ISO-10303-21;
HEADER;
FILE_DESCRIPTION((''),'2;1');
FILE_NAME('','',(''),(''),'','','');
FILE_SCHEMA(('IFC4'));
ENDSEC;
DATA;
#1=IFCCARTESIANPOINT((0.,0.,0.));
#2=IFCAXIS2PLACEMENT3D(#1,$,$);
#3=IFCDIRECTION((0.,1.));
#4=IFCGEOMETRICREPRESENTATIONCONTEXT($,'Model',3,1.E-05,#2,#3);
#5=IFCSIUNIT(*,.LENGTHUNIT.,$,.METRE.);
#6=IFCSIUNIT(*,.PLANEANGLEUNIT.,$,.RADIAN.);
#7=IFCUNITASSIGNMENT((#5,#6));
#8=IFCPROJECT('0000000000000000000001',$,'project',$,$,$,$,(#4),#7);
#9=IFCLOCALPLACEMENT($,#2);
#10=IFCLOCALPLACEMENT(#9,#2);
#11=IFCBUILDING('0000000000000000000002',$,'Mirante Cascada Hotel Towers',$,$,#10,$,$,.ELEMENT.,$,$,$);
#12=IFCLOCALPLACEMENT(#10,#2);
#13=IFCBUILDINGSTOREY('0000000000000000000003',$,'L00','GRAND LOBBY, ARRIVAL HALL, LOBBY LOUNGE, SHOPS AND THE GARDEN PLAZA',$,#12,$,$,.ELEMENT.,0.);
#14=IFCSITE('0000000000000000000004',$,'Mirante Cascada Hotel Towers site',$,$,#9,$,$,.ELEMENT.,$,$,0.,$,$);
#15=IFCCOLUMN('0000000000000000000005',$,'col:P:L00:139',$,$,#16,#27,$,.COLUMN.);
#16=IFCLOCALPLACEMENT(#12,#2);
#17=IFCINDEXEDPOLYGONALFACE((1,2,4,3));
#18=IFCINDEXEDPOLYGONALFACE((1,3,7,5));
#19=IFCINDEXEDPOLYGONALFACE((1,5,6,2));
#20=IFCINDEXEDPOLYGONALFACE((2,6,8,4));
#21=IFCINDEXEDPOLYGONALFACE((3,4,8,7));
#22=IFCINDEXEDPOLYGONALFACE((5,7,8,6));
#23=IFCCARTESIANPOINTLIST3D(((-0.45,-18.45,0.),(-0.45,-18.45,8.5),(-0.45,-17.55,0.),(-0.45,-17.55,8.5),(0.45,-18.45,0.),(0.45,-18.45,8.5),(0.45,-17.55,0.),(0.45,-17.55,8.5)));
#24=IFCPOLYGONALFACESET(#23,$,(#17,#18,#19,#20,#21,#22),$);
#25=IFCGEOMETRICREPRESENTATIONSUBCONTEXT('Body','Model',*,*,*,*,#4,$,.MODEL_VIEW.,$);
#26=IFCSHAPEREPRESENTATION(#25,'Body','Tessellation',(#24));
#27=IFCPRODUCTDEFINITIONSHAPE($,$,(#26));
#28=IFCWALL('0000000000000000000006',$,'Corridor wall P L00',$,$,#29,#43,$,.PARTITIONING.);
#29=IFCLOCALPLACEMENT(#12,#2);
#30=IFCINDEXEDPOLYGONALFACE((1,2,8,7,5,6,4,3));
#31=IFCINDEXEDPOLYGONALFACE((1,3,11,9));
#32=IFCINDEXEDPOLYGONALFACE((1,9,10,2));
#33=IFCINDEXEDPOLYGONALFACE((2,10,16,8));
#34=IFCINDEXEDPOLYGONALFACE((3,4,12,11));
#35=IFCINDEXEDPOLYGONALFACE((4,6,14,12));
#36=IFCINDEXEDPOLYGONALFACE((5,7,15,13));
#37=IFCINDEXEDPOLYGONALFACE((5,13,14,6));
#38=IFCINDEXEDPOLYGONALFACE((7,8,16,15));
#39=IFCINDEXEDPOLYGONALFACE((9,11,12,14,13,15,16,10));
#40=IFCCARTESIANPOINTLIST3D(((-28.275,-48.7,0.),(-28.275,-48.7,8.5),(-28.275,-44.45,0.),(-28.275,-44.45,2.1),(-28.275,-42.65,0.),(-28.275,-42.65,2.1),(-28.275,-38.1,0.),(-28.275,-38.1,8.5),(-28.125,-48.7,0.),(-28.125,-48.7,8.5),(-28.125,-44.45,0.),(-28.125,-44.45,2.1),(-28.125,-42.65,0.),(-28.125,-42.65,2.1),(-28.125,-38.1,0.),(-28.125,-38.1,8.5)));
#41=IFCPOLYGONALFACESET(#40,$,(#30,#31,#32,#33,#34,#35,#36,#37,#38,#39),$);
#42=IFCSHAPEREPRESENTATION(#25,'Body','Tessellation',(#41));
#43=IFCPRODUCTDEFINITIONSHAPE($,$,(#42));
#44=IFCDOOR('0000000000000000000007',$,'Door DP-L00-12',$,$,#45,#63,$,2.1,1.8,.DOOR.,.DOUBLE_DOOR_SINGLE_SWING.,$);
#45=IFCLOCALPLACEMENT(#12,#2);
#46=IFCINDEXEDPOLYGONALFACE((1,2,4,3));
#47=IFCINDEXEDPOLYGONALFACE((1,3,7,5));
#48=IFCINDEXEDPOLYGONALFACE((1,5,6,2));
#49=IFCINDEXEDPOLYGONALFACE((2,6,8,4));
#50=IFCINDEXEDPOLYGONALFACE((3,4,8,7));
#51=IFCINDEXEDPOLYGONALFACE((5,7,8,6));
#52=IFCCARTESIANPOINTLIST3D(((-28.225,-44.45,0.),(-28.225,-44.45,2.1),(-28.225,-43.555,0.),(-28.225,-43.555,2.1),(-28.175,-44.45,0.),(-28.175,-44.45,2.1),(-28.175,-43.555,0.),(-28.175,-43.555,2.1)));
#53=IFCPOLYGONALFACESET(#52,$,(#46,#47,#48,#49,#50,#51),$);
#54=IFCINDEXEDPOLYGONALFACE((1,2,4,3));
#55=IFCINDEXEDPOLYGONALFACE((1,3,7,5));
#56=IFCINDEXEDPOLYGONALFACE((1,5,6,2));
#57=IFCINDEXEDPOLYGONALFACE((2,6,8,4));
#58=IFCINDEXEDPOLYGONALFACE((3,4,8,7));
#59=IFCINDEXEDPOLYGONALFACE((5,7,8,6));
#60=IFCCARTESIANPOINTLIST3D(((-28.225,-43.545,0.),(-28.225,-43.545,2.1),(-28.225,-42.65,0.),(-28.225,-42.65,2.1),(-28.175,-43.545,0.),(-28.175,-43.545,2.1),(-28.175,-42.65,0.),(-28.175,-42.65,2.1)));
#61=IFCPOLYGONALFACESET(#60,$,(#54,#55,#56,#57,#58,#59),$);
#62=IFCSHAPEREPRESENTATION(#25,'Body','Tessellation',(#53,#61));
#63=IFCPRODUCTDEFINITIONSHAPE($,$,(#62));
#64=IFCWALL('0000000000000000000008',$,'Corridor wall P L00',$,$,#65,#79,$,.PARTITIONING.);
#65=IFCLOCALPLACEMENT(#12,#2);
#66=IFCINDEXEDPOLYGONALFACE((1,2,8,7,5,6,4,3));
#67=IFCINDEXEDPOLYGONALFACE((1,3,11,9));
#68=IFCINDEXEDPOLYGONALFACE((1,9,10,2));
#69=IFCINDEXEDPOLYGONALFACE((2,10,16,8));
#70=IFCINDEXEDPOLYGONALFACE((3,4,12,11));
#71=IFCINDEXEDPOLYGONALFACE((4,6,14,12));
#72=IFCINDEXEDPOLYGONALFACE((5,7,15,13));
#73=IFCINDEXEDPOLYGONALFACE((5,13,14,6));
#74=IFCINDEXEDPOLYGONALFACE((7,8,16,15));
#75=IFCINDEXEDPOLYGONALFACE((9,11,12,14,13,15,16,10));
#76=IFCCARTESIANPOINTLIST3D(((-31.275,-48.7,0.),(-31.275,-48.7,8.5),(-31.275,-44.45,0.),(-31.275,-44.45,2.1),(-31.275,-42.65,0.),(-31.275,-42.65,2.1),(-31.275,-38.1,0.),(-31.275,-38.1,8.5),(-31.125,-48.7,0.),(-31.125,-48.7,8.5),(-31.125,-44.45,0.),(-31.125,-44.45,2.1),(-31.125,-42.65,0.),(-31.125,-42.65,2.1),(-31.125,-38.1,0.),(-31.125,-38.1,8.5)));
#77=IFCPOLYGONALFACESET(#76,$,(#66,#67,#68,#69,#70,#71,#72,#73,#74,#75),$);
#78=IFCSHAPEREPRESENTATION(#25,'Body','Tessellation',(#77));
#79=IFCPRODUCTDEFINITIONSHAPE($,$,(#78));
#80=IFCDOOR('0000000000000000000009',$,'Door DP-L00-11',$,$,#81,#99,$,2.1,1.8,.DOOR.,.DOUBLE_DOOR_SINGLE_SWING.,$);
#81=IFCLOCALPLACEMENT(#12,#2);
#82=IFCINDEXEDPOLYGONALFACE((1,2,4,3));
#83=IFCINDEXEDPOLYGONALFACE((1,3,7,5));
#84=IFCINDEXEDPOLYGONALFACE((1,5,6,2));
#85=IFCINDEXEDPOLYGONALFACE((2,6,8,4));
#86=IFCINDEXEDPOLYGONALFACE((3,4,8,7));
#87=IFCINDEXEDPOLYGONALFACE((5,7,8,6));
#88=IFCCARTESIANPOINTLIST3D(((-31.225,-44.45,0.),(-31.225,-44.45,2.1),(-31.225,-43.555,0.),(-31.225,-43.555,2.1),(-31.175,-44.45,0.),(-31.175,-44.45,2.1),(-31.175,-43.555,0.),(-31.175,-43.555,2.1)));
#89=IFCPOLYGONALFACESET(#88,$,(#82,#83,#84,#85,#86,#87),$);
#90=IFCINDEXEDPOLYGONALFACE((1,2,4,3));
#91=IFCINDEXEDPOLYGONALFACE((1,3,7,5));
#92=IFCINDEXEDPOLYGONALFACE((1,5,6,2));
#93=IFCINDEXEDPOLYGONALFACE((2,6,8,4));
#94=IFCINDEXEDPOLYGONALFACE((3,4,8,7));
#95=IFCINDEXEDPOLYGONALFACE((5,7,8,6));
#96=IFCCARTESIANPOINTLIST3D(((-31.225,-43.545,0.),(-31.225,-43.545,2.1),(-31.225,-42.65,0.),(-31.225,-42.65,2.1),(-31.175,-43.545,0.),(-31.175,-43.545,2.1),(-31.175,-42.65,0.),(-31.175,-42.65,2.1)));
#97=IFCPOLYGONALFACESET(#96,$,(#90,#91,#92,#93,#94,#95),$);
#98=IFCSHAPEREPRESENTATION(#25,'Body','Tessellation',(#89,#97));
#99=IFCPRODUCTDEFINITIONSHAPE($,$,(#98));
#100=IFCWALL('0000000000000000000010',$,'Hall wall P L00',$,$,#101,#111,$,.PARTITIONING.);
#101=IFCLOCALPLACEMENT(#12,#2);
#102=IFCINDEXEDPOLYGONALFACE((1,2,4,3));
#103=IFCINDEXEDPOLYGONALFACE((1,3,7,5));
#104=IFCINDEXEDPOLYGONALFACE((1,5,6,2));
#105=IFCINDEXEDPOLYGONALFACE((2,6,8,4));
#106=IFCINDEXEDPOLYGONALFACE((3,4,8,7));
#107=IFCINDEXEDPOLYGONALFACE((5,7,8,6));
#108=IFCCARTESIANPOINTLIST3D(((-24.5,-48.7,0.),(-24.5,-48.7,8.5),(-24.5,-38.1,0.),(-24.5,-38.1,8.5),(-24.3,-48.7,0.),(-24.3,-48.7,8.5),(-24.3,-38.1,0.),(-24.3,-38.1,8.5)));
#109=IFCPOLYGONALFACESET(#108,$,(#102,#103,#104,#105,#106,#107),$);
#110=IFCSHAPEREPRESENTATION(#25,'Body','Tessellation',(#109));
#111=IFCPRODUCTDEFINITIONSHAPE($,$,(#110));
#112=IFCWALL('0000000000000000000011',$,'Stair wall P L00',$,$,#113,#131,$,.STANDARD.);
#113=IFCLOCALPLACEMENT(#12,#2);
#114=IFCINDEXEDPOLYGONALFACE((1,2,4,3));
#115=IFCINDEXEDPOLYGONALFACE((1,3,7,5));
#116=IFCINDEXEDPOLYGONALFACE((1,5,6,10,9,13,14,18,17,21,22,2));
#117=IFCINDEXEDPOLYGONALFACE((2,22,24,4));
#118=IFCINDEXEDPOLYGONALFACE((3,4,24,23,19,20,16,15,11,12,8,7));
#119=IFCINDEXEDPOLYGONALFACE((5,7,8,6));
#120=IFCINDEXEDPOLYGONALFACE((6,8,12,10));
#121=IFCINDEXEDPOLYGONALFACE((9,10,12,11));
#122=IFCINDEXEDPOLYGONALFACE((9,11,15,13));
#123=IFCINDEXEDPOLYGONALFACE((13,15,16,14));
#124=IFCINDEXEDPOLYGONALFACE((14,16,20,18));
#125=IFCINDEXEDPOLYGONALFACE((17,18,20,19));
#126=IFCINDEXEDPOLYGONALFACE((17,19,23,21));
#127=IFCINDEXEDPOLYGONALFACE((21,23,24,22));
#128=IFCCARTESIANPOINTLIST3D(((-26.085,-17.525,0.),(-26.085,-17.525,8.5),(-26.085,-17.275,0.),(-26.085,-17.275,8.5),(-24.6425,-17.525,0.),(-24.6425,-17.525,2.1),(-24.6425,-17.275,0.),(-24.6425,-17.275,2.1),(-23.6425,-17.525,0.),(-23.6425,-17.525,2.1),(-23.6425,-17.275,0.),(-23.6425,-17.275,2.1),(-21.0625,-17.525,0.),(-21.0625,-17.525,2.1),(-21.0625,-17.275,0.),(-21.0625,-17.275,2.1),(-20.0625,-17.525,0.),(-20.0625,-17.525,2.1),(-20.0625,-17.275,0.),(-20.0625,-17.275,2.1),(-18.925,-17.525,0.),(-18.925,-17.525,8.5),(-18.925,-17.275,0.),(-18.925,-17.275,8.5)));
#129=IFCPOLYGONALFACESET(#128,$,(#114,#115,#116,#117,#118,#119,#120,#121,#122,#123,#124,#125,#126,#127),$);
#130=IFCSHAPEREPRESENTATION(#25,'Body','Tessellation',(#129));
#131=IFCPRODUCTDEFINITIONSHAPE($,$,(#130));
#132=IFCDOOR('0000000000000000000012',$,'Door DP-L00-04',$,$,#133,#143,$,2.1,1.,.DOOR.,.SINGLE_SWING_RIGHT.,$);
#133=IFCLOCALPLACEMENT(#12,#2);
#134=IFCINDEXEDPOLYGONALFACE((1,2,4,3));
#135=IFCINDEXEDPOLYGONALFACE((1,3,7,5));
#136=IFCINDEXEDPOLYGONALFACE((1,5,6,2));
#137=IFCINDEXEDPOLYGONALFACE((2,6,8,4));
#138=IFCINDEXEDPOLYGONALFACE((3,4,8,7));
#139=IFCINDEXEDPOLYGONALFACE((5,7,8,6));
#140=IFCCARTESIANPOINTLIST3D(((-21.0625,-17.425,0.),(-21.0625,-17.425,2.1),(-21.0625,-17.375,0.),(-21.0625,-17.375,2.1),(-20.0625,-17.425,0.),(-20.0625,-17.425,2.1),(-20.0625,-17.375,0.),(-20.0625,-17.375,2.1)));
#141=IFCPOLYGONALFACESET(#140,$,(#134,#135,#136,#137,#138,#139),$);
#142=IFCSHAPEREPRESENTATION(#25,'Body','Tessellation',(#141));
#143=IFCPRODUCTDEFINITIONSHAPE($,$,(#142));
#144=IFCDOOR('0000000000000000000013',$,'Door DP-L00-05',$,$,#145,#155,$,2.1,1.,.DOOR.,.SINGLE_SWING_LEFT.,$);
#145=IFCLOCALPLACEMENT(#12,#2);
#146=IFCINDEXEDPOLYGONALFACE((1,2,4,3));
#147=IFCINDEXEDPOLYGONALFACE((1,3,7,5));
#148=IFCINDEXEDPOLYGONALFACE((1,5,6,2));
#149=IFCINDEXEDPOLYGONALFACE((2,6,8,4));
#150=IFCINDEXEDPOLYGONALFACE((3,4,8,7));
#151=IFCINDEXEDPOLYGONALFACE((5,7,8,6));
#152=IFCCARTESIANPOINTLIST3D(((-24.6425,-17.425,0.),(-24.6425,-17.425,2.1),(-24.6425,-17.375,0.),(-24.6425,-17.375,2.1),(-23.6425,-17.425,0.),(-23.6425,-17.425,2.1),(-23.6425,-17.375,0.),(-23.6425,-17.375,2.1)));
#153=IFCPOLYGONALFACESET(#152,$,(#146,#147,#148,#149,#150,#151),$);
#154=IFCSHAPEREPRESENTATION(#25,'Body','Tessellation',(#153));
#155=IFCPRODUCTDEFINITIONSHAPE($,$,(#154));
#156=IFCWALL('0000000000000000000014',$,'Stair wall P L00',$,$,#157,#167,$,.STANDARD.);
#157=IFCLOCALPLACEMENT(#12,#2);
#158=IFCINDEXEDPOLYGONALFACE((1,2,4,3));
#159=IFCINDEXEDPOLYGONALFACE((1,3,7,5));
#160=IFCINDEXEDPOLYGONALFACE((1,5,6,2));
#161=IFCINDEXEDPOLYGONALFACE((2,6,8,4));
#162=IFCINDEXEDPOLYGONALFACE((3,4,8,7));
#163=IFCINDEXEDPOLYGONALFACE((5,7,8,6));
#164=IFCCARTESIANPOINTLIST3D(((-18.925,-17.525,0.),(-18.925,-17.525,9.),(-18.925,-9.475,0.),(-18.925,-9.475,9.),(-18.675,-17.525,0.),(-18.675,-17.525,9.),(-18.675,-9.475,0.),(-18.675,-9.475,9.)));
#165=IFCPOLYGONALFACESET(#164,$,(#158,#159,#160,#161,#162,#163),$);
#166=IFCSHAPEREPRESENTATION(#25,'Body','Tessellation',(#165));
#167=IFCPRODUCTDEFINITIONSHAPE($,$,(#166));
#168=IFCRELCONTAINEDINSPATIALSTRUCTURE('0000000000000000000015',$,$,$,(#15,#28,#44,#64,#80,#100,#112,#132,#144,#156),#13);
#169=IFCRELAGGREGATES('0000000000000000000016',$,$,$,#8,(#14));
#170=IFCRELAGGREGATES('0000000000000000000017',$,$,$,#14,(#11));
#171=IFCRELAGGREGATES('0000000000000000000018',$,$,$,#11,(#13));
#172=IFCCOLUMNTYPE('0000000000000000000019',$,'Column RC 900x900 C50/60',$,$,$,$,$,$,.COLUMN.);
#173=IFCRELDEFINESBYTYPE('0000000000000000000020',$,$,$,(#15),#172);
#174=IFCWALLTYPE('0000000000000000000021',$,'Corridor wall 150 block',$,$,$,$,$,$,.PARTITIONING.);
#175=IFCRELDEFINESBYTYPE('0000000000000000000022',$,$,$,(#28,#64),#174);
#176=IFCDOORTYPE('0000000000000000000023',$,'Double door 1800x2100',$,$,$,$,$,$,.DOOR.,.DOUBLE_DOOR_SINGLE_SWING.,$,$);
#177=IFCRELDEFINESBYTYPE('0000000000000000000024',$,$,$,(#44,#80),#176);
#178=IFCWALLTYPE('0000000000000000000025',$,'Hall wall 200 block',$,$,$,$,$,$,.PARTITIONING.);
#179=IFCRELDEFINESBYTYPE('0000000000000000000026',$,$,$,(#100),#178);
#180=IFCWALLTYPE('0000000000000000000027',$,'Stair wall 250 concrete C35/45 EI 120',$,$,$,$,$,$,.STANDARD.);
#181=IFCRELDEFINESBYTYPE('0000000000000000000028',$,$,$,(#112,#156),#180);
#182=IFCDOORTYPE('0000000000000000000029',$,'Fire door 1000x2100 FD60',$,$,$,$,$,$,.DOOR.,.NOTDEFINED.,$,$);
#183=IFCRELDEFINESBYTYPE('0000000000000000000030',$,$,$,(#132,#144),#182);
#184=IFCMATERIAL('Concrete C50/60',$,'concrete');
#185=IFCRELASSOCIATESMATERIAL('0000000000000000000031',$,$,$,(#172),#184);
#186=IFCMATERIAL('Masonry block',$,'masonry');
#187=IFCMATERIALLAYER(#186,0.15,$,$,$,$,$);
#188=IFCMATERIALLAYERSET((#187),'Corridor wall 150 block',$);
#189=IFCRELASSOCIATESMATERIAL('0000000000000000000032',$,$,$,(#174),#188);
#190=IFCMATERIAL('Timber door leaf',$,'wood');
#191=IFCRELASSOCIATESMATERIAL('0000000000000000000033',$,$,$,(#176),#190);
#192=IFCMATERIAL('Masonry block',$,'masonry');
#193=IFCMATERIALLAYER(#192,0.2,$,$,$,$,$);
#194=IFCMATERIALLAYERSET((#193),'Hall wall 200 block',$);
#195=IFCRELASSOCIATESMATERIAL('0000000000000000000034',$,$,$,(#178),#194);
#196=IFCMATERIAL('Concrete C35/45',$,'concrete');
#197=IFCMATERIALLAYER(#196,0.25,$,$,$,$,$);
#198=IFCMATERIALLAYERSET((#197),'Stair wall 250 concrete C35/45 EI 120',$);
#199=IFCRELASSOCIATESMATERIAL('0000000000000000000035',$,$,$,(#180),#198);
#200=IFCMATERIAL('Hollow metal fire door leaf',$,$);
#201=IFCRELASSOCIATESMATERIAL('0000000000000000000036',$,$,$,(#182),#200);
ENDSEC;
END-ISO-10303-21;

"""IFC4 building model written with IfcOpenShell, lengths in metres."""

from ifc_helpers import new_model, si_unit, direction, frame, frame_2d, origin, origin_2d, place, context, subcontext, project, spatial, rectangle, extrude, material, layer, layer_set, material_profile, profile_set, type_object, element, fill, save


model = new_model("IFC4")

# Units and contexts
model_context = context("Model", 3, precision=1e-05, world=origin(), true_north=direction((0.0, 1.0)))
body_context = subcontext(model_context, "Body", "Model", "MODEL_VIEW")
ifc_project = project(units=[si_unit("LENGTHUNIT", "METRE"), si_unit("PLANEANGLEUNIT", "RADIAN")], contexts=[model_context])

# Site, building, storey
site_placement = place(None, origin())
site = spatial("IfcSite", under=ifc_project, at=site_placement, Name="Mirante Cascada Hotel Towers site", CompositionType="ELEMENT", RefElevation=0.0)
building_placement = place(site_placement, origin())
building = spatial("IfcBuilding", under=site, at=building_placement, Name="Mirante Cascada Hotel Towers", CompositionType="ELEMENT")
storey_placement = place(building_placement, origin())
storey = spatial("IfcBuildingStorey", under=building, at=storey_placement, Name="L00", Description="GRAND LOBBY, ARRIVAL HALL, LOBBY LOUNGE, SHOPS AND THE GARDEN PLAZA", CompositionType="ELEMENT", Elevation=0.0)

# Column
ifc_material_1 = material(Name="Concrete C50/60", Category="concrete")
ifc_material_profile_1 = material_profile(ifc_material_1, rectangle(XDim=0.9, YDim=0.9, at=origin_2d()), Name="RC 900x900")
ifc_profile_set_1 = profile_set([ifc_material_profile_1], Name="Concrete C50/60")
column_type_1 = type_object("IfcColumnType", Name="Column RC 900x900 C50/60", PredefinedType="COLUMN", material=ifc_profile_set_1)
for number, where, z_axis, x_axis, name in (
    (1, (0.0, -18.0, 0.0), (0.0, 0.0, 1.0), (1.0, 0.0, 0.0), "col:P:L00:139"),
):
    element("IfcColumn", number, at=place(storey_placement, frame(where, z_axis=z_axis, x_axis=x_axis)), inside=storey, type_object=column_type_1, Name=name, PredefinedType="COLUMN", context=body_context, shape_type="SweptSolid", body=[
        extrude(rectangle(XDim=0.9, YDim=0.9, at=origin_2d()), origin(), (0.0, 0.0, 1.0), 8.5),
    ])

# Walls, openings, doors
ifc_material_2 = material(Name="Masonry block", Category="masonry")
ifc_layer_1 = layer(ifc_material_2, 0.15)
ifc_layer_set_1 = layer_set([ifc_layer_1], Name="Corridor wall 150 block")
wall_type_1 = type_object("IfcWallType", Name="Corridor wall 150 block", PredefinedType="PARTITIONING", material=ifc_layer_set_1)
wall_1_placement = place(storey_placement, frame((-28.2, -48.7, 0.0), z_axis=(0.0, 0.0, 1.0), x_axis=(0.0, 1.0, 0.0)))
wall_1 = element("IfcWall", 2, at=wall_1_placement, inside=storey, type_object=wall_type_1, Name="Corridor wall P L00", PredefinedType="PARTITIONING", context=body_context, shape_type="SweptSolid", body=[
    extrude(rectangle(XDim=10.6, YDim=0.15, at=frame_2d((5.3, 0.0))), origin(), (0.0, 0.0, 1.0), 8.5),
])
opening_1_placement = place(wall_1_placement, frame((4.25, 0.0, 0.0)))
opening_1 = element("IfcOpeningElement", 3, at=opening_1_placement, cuts=wall_1, PredefinedType="OPENING", context=body_context, shape_type="SweptSolid", body=[
    extrude(rectangle(XDim=1.8, YDim=2.1, at=frame_2d((0.9, 1.05))), frame((0.0, 0.075, 0.0), z_axis=(0.0, -1.0, 0.0), x_axis=(1.0, 0.0, 0.0)), (0.0, 0.0, 1.0), 0.15),
])
ifc_material_3 = material(Name="Timber door leaf", Category="wood")
door_type_1 = type_object("IfcDoorType", Name="Double door 1800x2100", OperationType="DOUBLE_DOOR_SINGLE_SWING", PredefinedType="DOOR", material=ifc_material_3)
door_1_placement = place(opening_1_placement, origin())
door_1 = element("IfcDoor", 4, at=door_1_placement, inside=storey, type_object=door_type_1, Name="Door DP-L00-12", OperationType="DOUBLE_DOOR_SINGLE_SWING", OverallHeight=2.1, OverallWidth=1.8, PredefinedType="DOOR", context=body_context, shape_type="SweptSolid", body=[
    extrude(rectangle(XDim=0.895, YDim=2.1, at=frame_2d((0.4475, 1.05))), frame((0.0, 0.025, 0.0), z_axis=(0.0, -1.0, 0.0), x_axis=(1.0, 0.0, 0.0)), (0.0, 0.0, 1.0), 0.05),
    extrude(rectangle(XDim=0.895, YDim=2.1, at=frame_2d((1.3525, 1.05))), frame((0.0, 0.025, 0.0), z_axis=(0.0, -1.0, 0.0), x_axis=(1.0, 0.0, 0.0)), (0.0, 0.0, 1.0), 0.05),
])
fill(opening_1, door_1)
wall_2_placement = place(storey_placement, frame((-31.2, -48.7, 0.0), z_axis=(0.0, 0.0, 1.0), x_axis=(0.0, 1.0, 0.0)))
wall_2 = element("IfcWall", 5, at=wall_2_placement, inside=storey, type_object=wall_type_1, Name="Corridor wall P L00", PredefinedType="PARTITIONING", context=body_context, shape_type="SweptSolid", body=[
    extrude(rectangle(XDim=10.6, YDim=0.15, at=frame_2d((5.3, 0.0))), origin(), (0.0, 0.0, 1.0), 8.5),
])
opening_2_placement = place(wall_2_placement, frame((4.25, 0.0, 0.0)))
opening_2 = element("IfcOpeningElement", 6, at=opening_2_placement, cuts=wall_2, PredefinedType="OPENING", context=body_context, shape_type="SweptSolid", body=[
    extrude(rectangle(XDim=1.8, YDim=2.1, at=frame_2d((0.9, 1.05))), frame((0.0, 0.075, 0.0), z_axis=(0.0, -1.0, 0.0), x_axis=(1.0, 0.0, 0.0)), (0.0, 0.0, 1.0), 0.15),
])
door_2_placement = place(opening_2_placement, origin())
door_2 = element("IfcDoor", 7, at=door_2_placement, inside=storey, type_object=door_type_1, Name="Door DP-L00-11", OperationType="DOUBLE_DOOR_SINGLE_SWING", OverallHeight=2.1, OverallWidth=1.8, PredefinedType="DOOR", context=body_context, shape_type="SweptSolid", body=[
    extrude(rectangle(XDim=0.895, YDim=2.1, at=frame_2d((0.4475, 1.05))), frame((0.0, 0.025, 0.0), z_axis=(0.0, -1.0, 0.0), x_axis=(1.0, 0.0, 0.0)), (0.0, 0.0, 1.0), 0.05),
    extrude(rectangle(XDim=0.895, YDim=2.1, at=frame_2d((1.3525, 1.05))), frame((0.0, 0.025, 0.0), z_axis=(0.0, -1.0, 0.0), x_axis=(1.0, 0.0, 0.0)), (0.0, 0.0, 1.0), 0.05),
])
fill(opening_2, door_2)

# Wall
ifc_material_4 = material(Name="Masonry block", Category="masonry")
ifc_layer_2 = layer(ifc_material_4, 0.2)
ifc_layer_set_2 = layer_set([ifc_layer_2], Name="Hall wall 200 block")
wall_type_2 = type_object("IfcWallType", Name="Hall wall 200 block", PredefinedType="PARTITIONING", material=ifc_layer_set_2)
wall_3_placement = place(storey_placement, frame((-24.4, -48.7, 0.0), z_axis=(0.0, 0.0, 1.0), x_axis=(0.0, 1.0, 0.0)))
element("IfcWall", 8, at=wall_3_placement, inside=storey, type_object=wall_type_2, Name="Hall wall P L00", PredefinedType="PARTITIONING", context=body_context, shape_type="SweptSolid", body=[
    extrude(rectangle(XDim=10.6, YDim=0.2, at=frame_2d((5.3, 0.0))), origin(), (0.0, 0.0, 1.0), 8.5),
])

# Wall, openings, doors
ifc_material_5 = material(Name="Concrete C35/45", Category="concrete")
ifc_layer_3 = layer(ifc_material_5, 0.25)
ifc_layer_set_3 = layer_set([ifc_layer_3], Name="Stair wall 250 concrete C35/45 EI 120")
wall_type_3 = type_object("IfcWallType", Name="Stair wall 250 concrete C35/45 EI 120", PredefinedType="STANDARD", material=ifc_layer_set_3)
wall_4_placement = place(storey_placement, frame((-26.085, -17.4, 0.0), z_axis=(0.0, 0.0, 1.0), x_axis=(1.0, 0.0, 0.0)))
wall_4 = element("IfcWall", 9, at=wall_4_placement, inside=storey, type_object=wall_type_3, Name="Stair wall P L00", PredefinedType="STANDARD", context=body_context, shape_type="SweptSolid", body=[
    extrude(rectangle(XDim=7.16, YDim=0.25, at=frame_2d((3.58, 0.0))), origin(), (0.0, 0.0, 1.0), 8.5),
])
opening_3_placement = place(wall_4_placement, frame((5.0225, 0.0, 0.0)))
opening_3 = element("IfcOpeningElement", 10, at=opening_3_placement, cuts=wall_4, PredefinedType="OPENING", context=body_context, shape_type="SweptSolid", body=[
    extrude(rectangle(XDim=1.0, YDim=2.1, at=frame_2d((0.5, 1.05))), frame((0.0, 0.125, 0.0), z_axis=(0.0, -1.0, 0.0), x_axis=(1.0, 0.0, 0.0)), (0.0, 0.0, 1.0), 0.25),
])
opening_4_placement = place(wall_4_placement, frame((1.4425, 0.0, 0.0)))
opening_4 = element("IfcOpeningElement", 11, at=opening_4_placement, cuts=wall_4, PredefinedType="OPENING", context=body_context, shape_type="SweptSolid", body=[
    extrude(rectangle(XDim=1.0, YDim=2.1, at=frame_2d((0.5, 1.05))), frame((0.0, 0.125, 0.0), z_axis=(0.0, -1.0, 0.0), x_axis=(1.0, 0.0, 0.0)), (0.0, 0.0, 1.0), 0.25),
])
ifc_material_6 = material(Name="Hollow metal fire door leaf")
door_type_2 = type_object("IfcDoorType", Name="Fire door 1000x2100 FD60", OperationType="NOTDEFINED", PredefinedType="DOOR", material=ifc_material_6)
door_3_placement = place(opening_3_placement, origin())
door_3 = element("IfcDoor", 12, at=door_3_placement, inside=storey, type_object=door_type_2, Name="Door DP-L00-04", OperationType="SINGLE_SWING_RIGHT", OverallHeight=2.1, OverallWidth=1.0, PredefinedType="DOOR", context=body_context, shape_type="SweptSolid", body=[
    extrude(rectangle(XDim=1.0, YDim=2.1, at=frame_2d((0.5, 1.05))), frame((0.0, 0.025, 0.0), z_axis=(0.0, -1.0, 0.0), x_axis=(1.0, 0.0, 0.0)), (0.0, 0.0, 1.0), 0.05),
])
fill(opening_3, door_3)
door_4_placement = place(opening_4_placement, origin())
door_4 = element("IfcDoor", 13, at=door_4_placement, inside=storey, type_object=door_type_2, Name="Door DP-L00-05", OperationType="SINGLE_SWING_LEFT", OverallHeight=2.1, OverallWidth=1.0, PredefinedType="DOOR", context=body_context, shape_type="SweptSolid", body=[
    extrude(rectangle(XDim=1.0, YDim=2.1, at=frame_2d((0.5, 1.05))), frame((0.0, 0.025, 0.0), z_axis=(0.0, -1.0, 0.0), x_axis=(1.0, 0.0, 0.0)), (0.0, 0.0, 1.0), 0.05),
])
fill(opening_4, door_4)

# Wall
for number, where, z_axis, x_axis, name in (
    (14, (-18.8, -17.525, 0.0), (0.0, 0.0, 1.0), (0.0, 1.0, 0.0), "Stair wall P L00"),
):
    element("IfcWall", number, at=place(storey_placement, frame(where, z_axis=z_axis, x_axis=x_axis)), inside=storey, type_object=wall_type_3, Name=name, PredefinedType="STANDARD", context=body_context, shape_type="SweptSolid", body=[
        extrude(rectangle(XDim=8.05, YDim=0.25, at=frame_2d((4.025, 0.0))), origin(), (0.0, 0.0, 1.0), 9.0),
    ])

save(model, "model.ifc")
